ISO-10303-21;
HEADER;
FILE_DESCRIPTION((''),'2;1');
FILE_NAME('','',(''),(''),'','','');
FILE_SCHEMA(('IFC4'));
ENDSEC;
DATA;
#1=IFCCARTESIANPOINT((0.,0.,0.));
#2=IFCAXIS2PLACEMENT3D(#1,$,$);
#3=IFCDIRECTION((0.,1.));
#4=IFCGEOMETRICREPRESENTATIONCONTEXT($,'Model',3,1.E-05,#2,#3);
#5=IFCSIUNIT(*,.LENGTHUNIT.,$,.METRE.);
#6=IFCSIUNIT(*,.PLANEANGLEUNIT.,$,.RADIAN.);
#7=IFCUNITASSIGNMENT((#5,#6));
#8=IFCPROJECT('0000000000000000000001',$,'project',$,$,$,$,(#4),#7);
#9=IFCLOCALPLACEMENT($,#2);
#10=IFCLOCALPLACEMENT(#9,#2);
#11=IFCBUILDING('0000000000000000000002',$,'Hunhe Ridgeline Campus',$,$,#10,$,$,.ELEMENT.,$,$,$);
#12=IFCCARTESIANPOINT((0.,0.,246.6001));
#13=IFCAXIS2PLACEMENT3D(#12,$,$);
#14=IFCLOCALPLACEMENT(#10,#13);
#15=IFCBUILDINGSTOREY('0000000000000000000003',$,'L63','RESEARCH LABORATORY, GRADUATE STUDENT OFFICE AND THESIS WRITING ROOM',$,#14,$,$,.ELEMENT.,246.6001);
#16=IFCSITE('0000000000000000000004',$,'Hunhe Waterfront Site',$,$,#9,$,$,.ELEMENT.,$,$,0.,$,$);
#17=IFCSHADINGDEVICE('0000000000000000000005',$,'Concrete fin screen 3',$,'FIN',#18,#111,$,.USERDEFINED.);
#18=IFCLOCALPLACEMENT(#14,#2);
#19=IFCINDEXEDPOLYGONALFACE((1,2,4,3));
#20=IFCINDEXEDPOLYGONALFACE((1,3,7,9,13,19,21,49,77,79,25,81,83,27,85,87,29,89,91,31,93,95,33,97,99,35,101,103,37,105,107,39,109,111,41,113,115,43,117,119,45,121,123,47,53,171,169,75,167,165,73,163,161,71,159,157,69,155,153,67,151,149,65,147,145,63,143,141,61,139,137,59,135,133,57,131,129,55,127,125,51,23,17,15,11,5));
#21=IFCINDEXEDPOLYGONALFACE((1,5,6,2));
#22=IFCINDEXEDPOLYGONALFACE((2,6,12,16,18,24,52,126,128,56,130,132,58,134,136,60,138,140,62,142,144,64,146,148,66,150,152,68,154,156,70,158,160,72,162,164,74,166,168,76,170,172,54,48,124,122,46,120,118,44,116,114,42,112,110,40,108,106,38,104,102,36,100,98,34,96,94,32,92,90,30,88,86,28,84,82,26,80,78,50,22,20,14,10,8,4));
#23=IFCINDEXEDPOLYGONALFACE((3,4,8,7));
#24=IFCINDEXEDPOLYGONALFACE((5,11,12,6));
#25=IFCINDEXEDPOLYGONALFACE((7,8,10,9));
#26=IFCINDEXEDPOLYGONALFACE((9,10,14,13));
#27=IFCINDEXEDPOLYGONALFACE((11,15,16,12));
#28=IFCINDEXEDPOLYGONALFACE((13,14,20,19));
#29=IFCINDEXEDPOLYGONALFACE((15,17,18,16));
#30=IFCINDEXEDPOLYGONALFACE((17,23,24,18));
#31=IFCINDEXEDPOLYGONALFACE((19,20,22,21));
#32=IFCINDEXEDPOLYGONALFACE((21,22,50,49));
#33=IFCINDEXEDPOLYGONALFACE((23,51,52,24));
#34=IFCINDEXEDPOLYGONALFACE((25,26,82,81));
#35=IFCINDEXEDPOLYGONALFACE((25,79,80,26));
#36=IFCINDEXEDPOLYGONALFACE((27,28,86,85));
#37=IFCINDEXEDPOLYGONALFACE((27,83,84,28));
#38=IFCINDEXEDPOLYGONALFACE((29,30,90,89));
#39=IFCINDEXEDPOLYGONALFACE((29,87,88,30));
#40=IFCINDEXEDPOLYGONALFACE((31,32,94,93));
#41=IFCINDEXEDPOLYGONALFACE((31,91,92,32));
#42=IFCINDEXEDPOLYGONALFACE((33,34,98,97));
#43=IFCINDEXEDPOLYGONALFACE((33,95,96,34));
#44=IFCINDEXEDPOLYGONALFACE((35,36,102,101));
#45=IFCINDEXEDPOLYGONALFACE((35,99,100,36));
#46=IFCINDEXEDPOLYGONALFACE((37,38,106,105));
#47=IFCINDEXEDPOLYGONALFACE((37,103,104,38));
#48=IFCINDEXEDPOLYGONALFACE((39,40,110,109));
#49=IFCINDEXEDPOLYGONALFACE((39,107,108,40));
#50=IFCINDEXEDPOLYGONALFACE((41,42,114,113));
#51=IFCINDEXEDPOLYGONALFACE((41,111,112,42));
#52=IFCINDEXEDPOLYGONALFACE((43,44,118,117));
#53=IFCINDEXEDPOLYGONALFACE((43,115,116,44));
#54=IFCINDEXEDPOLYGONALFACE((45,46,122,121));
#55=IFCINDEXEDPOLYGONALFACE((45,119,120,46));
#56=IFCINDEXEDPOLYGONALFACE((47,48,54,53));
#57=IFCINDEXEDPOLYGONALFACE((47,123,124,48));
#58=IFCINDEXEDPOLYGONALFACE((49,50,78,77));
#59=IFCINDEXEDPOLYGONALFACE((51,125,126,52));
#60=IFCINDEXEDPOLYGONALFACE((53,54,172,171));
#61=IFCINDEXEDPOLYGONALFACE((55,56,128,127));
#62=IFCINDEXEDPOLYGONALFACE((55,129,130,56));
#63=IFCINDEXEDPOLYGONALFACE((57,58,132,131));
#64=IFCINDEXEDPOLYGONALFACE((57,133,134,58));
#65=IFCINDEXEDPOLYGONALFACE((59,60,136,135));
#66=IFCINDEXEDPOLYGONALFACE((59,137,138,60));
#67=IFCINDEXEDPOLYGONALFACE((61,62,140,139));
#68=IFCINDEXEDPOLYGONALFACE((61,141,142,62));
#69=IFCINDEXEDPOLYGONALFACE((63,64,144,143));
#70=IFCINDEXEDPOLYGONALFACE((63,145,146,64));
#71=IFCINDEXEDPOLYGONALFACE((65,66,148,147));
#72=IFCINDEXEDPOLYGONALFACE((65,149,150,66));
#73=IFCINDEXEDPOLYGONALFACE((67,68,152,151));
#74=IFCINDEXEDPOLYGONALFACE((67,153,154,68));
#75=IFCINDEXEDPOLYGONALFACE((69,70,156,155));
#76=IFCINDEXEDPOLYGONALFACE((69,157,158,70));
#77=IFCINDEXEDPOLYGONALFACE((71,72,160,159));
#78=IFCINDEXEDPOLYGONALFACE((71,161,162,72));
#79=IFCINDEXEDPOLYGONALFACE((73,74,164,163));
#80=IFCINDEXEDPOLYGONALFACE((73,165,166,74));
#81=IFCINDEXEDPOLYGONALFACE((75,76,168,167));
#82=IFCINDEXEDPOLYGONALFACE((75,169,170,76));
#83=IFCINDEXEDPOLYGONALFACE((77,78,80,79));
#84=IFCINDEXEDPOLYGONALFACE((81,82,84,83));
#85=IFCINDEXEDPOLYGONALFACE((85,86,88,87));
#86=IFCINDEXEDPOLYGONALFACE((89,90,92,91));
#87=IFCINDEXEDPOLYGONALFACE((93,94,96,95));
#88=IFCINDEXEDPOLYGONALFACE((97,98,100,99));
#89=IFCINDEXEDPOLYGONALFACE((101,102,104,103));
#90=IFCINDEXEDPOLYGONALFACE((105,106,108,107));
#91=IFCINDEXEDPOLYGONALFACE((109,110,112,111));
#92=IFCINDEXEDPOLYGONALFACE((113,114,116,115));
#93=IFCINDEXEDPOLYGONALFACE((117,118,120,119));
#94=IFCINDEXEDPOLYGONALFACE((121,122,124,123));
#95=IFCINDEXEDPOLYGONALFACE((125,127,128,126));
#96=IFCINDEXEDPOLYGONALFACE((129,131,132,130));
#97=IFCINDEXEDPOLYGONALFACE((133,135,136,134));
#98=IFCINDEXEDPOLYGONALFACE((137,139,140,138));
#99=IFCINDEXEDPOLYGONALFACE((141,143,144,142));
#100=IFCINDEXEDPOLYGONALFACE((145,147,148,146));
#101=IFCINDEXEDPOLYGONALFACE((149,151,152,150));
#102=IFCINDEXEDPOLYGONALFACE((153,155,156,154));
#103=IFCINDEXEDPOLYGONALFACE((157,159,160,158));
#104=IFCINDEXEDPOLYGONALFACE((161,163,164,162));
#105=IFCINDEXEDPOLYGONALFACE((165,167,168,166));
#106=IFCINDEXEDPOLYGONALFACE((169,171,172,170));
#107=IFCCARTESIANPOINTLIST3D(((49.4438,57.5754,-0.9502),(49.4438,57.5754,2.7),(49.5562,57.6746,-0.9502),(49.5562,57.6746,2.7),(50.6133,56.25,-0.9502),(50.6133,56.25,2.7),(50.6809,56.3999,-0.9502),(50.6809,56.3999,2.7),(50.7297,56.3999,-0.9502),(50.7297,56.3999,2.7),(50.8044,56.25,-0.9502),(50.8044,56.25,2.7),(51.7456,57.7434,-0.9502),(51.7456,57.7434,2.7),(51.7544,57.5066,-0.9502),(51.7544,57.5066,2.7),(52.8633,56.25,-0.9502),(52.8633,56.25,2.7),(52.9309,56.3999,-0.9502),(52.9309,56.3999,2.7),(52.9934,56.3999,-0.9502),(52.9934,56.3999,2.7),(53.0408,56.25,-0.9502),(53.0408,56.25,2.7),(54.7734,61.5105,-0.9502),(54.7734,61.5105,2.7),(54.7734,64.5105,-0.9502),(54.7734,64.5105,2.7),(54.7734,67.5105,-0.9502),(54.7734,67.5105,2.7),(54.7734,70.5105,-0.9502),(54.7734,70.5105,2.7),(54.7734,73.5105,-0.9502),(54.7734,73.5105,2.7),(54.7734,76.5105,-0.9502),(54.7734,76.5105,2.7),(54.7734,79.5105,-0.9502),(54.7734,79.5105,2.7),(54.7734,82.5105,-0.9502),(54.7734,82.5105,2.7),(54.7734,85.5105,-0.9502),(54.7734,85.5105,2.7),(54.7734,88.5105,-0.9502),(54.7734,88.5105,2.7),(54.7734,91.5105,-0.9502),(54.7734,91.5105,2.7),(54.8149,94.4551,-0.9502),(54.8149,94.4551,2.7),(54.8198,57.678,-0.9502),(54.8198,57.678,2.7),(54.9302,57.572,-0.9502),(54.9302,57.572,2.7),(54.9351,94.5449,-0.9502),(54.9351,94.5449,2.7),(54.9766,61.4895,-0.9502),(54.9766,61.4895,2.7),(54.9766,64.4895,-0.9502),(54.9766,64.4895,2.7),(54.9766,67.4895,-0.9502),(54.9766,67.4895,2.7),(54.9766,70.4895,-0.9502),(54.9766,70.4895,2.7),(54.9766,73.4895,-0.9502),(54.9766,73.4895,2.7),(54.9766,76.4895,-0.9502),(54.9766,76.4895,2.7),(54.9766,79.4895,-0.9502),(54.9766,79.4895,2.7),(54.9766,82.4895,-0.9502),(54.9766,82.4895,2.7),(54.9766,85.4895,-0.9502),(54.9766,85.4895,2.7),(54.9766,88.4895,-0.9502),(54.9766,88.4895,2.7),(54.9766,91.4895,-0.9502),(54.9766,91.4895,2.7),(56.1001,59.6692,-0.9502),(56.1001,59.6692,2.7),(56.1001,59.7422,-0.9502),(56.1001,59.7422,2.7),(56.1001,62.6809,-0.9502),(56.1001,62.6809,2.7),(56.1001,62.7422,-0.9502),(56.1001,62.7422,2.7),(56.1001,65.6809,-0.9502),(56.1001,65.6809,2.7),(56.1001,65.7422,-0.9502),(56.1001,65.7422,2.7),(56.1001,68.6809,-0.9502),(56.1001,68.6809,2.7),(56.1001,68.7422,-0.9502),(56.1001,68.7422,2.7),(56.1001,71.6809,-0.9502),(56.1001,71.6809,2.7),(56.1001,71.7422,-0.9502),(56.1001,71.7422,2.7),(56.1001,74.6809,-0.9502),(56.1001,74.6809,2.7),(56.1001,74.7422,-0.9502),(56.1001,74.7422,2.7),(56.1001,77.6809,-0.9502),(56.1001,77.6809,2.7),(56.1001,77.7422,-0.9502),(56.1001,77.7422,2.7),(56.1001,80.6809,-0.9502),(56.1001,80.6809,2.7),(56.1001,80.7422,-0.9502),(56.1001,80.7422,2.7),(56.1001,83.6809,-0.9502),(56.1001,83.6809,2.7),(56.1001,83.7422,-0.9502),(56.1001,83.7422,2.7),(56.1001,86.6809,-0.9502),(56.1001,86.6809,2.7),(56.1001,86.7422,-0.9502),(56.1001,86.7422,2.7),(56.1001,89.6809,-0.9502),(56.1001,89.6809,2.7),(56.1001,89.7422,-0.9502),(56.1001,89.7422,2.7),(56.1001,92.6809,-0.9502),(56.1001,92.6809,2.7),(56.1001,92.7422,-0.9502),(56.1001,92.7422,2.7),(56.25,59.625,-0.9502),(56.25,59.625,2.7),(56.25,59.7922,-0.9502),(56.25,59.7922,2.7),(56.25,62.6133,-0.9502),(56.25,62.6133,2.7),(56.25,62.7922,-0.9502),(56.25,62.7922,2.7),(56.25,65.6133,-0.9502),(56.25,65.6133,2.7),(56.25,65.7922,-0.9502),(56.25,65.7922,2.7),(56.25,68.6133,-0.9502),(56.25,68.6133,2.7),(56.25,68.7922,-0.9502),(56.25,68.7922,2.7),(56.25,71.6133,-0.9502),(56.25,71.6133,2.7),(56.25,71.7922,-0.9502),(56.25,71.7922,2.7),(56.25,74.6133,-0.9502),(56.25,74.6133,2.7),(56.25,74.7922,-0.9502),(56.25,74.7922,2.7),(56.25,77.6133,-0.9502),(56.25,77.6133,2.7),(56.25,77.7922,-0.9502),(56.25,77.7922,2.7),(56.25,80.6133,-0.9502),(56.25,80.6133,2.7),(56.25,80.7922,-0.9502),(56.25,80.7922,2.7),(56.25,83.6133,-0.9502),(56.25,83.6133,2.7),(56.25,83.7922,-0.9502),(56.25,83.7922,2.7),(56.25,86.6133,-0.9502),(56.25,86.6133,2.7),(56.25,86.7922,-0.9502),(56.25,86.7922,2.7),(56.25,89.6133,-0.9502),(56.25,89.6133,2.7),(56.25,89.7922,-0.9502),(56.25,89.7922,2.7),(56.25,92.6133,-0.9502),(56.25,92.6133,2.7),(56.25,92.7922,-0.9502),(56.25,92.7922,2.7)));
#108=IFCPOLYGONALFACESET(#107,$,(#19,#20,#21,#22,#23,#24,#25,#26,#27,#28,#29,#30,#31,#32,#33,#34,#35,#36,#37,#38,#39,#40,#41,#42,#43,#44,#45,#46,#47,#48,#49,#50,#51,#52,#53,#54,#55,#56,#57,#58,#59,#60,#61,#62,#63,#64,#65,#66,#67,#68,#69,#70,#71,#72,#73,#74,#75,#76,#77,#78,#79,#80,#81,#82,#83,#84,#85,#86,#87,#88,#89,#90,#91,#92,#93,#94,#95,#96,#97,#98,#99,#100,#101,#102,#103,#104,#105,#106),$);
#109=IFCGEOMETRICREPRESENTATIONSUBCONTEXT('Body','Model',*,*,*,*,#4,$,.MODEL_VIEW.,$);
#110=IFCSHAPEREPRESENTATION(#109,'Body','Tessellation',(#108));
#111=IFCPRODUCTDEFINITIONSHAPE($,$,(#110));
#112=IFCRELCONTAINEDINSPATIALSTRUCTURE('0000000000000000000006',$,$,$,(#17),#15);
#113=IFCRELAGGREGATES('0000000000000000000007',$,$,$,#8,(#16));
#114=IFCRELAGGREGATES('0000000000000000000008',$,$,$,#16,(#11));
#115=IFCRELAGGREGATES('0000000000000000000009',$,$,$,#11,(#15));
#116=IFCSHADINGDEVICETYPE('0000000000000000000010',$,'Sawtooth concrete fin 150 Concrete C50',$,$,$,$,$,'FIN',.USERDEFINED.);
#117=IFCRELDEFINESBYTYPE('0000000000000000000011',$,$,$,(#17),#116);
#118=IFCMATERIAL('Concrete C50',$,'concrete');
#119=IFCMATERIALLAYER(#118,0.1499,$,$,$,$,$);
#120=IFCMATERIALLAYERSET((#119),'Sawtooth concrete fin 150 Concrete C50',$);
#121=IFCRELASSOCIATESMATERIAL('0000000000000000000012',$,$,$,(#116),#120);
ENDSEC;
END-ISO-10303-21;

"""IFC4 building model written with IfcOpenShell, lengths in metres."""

from ifc_helpers import new_model, si_unit, direction, frame, origin, place, context, subcontext, project, spatial, polyline, outline, extrude, material, layer, layer_set, type_object, element, save


model = new_model("IFC4")

# Units and contexts
model_context = context("Model", 3, precision=1e-05, world=origin(), true_north=direction((0.0, 1.0)))
body_context = subcontext(model_context, "Body", "Model", "MODEL_VIEW")
ifc_project = project(units=[si_unit("LENGTHUNIT", "METRE"), si_unit("PLANEANGLEUNIT", "RADIAN")], contexts=[model_context])

# Site, building, storey
site_placement = place(None, origin())
site = spatial("IfcSite", under=ifc_project, at=site_placement, Name="Hunhe Waterfront Site", CompositionType="ELEMENT", RefElevation=0.0)
building_placement = place(site_placement, origin())
building = spatial("IfcBuilding", under=site, at=building_placement, Name="Hunhe Ridgeline Campus", CompositionType="ELEMENT")
storey_placement = place(building_placement, frame((0.0, 0.0, 246.6001)))
storey = spatial("IfcBuildingStorey", under=building, at=storey_placement, Name="L63", Description="RESEARCH LABORATORY, GRADUATE STUDENT OFFICE AND THESIS WRITING ROOM", CompositionType="ELEMENT", Elevation=246.6001)

# Shared definitions
ifc_material_1 = material(Name="Concrete C50", Category="concrete")

# Shading device
ifc_layer_1 = layer(ifc_material_1, 0.1499)
ifc_layer_set_1 = layer_set([ifc_layer_1], Name="Sawtooth concrete fin 150 Concrete C50")
shading_device_type = type_object("IfcShadingDeviceType", Name="Sawtooth concrete fin 150 Concrete C50", ElementType="FIN", PredefinedType="USERDEFINED", material=ifc_layer_set_1)
shading_device_1_placement = place(storey_placement, frame((0.0, 0.0, -0.9502)))
element("IfcShadingDevice", 1, at=shading_device_1_placement, inside=storey, type_object=shading_device_type, Name="Concrete fin screen 3", ObjectType="FIN", PredefinedType="USERDEFINED", context=body_context, shape_type="SweptSolid", body=[
    extrude(outline(polyline([(49.5562, 57.6746), (49.4438, 57.5754), (50.6133, 56.25), (50.8044, 56.25), (51.7544, 57.5066), (52.8633, 56.25), (53.0408, 56.25), (54.9302, 57.572), (56.25, 59.625), (56.25, 59.7922), (54.9766, 61.4895), (56.25, 62.6133), (56.25, 62.7922), (54.9766, 64.4895), (56.25, 65.6133), (56.25, 65.7922), (54.9766, 67.4895), (56.25, 68.6133), (56.25, 68.7922), (54.9766, 70.4895), (56.25, 71.6133), (56.25, 71.7922), (54.9766, 73.4895), (56.25, 74.6133), (56.25, 74.7922), (54.9766, 76.4895), (56.25, 77.6133), (56.25, 77.7922), (54.9766, 79.4895), (56.25, 80.6133), (56.25, 80.7922), (54.9766, 82.4895), (56.25, 83.6133), (56.25, 83.7922), (54.9766, 85.4895), (56.25, 86.6133), (56.25, 86.7922), (54.9766, 88.4895), (56.25, 89.6133), (56.25, 89.7922), (54.9766, 91.4895), (56.25, 92.6133), (56.25, 92.7922), (54.9351, 94.5449), (54.8149, 94.4551), (56.1001, 92.7422), (56.1001, 92.6809), (54.7734, 91.5105), (56.1001, 89.7422), (56.1001, 89.6809), (54.7734, 88.5105), (56.1001, 86.7422), (56.1001, 86.6809), (54.7734, 85.5105), (56.1001, 83.7422), (56.1001, 83.6809), (54.7734, 82.5105), (56.1001, 80.7422), (56.1001, 80.6809), (54.7734, 79.5105), (56.1001, 77.7422), (56.1001, 77.6809), (54.7734, 76.5105), (56.1001, 74.7422), (56.1001, 74.6809), (54.7734, 73.5105), (56.1001, 71.7422), (56.1001, 71.6809), (54.7734, 70.5105), (56.1001, 68.7422), (56.1001, 68.6809), (54.7734, 67.5105), (56.1001, 65.7422), (56.1001, 65.6809), (54.7734, 64.5105), (56.1001, 62.7422), (56.1001, 62.6809), (54.7734, 61.5105), (56.1001, 59.7422), (56.1001, 59.6692), (54.8198, 57.678), (52.9934, 56.3999), (52.9309, 56.3999), (51.7456, 57.7434), (50.7297, 56.3999), (50.6809, 56.3999), (49.5562, 57.6746)])), origin(), (0.0, 0.0, 1.0), 3.6501),
])

save(model, "model.ifc")
